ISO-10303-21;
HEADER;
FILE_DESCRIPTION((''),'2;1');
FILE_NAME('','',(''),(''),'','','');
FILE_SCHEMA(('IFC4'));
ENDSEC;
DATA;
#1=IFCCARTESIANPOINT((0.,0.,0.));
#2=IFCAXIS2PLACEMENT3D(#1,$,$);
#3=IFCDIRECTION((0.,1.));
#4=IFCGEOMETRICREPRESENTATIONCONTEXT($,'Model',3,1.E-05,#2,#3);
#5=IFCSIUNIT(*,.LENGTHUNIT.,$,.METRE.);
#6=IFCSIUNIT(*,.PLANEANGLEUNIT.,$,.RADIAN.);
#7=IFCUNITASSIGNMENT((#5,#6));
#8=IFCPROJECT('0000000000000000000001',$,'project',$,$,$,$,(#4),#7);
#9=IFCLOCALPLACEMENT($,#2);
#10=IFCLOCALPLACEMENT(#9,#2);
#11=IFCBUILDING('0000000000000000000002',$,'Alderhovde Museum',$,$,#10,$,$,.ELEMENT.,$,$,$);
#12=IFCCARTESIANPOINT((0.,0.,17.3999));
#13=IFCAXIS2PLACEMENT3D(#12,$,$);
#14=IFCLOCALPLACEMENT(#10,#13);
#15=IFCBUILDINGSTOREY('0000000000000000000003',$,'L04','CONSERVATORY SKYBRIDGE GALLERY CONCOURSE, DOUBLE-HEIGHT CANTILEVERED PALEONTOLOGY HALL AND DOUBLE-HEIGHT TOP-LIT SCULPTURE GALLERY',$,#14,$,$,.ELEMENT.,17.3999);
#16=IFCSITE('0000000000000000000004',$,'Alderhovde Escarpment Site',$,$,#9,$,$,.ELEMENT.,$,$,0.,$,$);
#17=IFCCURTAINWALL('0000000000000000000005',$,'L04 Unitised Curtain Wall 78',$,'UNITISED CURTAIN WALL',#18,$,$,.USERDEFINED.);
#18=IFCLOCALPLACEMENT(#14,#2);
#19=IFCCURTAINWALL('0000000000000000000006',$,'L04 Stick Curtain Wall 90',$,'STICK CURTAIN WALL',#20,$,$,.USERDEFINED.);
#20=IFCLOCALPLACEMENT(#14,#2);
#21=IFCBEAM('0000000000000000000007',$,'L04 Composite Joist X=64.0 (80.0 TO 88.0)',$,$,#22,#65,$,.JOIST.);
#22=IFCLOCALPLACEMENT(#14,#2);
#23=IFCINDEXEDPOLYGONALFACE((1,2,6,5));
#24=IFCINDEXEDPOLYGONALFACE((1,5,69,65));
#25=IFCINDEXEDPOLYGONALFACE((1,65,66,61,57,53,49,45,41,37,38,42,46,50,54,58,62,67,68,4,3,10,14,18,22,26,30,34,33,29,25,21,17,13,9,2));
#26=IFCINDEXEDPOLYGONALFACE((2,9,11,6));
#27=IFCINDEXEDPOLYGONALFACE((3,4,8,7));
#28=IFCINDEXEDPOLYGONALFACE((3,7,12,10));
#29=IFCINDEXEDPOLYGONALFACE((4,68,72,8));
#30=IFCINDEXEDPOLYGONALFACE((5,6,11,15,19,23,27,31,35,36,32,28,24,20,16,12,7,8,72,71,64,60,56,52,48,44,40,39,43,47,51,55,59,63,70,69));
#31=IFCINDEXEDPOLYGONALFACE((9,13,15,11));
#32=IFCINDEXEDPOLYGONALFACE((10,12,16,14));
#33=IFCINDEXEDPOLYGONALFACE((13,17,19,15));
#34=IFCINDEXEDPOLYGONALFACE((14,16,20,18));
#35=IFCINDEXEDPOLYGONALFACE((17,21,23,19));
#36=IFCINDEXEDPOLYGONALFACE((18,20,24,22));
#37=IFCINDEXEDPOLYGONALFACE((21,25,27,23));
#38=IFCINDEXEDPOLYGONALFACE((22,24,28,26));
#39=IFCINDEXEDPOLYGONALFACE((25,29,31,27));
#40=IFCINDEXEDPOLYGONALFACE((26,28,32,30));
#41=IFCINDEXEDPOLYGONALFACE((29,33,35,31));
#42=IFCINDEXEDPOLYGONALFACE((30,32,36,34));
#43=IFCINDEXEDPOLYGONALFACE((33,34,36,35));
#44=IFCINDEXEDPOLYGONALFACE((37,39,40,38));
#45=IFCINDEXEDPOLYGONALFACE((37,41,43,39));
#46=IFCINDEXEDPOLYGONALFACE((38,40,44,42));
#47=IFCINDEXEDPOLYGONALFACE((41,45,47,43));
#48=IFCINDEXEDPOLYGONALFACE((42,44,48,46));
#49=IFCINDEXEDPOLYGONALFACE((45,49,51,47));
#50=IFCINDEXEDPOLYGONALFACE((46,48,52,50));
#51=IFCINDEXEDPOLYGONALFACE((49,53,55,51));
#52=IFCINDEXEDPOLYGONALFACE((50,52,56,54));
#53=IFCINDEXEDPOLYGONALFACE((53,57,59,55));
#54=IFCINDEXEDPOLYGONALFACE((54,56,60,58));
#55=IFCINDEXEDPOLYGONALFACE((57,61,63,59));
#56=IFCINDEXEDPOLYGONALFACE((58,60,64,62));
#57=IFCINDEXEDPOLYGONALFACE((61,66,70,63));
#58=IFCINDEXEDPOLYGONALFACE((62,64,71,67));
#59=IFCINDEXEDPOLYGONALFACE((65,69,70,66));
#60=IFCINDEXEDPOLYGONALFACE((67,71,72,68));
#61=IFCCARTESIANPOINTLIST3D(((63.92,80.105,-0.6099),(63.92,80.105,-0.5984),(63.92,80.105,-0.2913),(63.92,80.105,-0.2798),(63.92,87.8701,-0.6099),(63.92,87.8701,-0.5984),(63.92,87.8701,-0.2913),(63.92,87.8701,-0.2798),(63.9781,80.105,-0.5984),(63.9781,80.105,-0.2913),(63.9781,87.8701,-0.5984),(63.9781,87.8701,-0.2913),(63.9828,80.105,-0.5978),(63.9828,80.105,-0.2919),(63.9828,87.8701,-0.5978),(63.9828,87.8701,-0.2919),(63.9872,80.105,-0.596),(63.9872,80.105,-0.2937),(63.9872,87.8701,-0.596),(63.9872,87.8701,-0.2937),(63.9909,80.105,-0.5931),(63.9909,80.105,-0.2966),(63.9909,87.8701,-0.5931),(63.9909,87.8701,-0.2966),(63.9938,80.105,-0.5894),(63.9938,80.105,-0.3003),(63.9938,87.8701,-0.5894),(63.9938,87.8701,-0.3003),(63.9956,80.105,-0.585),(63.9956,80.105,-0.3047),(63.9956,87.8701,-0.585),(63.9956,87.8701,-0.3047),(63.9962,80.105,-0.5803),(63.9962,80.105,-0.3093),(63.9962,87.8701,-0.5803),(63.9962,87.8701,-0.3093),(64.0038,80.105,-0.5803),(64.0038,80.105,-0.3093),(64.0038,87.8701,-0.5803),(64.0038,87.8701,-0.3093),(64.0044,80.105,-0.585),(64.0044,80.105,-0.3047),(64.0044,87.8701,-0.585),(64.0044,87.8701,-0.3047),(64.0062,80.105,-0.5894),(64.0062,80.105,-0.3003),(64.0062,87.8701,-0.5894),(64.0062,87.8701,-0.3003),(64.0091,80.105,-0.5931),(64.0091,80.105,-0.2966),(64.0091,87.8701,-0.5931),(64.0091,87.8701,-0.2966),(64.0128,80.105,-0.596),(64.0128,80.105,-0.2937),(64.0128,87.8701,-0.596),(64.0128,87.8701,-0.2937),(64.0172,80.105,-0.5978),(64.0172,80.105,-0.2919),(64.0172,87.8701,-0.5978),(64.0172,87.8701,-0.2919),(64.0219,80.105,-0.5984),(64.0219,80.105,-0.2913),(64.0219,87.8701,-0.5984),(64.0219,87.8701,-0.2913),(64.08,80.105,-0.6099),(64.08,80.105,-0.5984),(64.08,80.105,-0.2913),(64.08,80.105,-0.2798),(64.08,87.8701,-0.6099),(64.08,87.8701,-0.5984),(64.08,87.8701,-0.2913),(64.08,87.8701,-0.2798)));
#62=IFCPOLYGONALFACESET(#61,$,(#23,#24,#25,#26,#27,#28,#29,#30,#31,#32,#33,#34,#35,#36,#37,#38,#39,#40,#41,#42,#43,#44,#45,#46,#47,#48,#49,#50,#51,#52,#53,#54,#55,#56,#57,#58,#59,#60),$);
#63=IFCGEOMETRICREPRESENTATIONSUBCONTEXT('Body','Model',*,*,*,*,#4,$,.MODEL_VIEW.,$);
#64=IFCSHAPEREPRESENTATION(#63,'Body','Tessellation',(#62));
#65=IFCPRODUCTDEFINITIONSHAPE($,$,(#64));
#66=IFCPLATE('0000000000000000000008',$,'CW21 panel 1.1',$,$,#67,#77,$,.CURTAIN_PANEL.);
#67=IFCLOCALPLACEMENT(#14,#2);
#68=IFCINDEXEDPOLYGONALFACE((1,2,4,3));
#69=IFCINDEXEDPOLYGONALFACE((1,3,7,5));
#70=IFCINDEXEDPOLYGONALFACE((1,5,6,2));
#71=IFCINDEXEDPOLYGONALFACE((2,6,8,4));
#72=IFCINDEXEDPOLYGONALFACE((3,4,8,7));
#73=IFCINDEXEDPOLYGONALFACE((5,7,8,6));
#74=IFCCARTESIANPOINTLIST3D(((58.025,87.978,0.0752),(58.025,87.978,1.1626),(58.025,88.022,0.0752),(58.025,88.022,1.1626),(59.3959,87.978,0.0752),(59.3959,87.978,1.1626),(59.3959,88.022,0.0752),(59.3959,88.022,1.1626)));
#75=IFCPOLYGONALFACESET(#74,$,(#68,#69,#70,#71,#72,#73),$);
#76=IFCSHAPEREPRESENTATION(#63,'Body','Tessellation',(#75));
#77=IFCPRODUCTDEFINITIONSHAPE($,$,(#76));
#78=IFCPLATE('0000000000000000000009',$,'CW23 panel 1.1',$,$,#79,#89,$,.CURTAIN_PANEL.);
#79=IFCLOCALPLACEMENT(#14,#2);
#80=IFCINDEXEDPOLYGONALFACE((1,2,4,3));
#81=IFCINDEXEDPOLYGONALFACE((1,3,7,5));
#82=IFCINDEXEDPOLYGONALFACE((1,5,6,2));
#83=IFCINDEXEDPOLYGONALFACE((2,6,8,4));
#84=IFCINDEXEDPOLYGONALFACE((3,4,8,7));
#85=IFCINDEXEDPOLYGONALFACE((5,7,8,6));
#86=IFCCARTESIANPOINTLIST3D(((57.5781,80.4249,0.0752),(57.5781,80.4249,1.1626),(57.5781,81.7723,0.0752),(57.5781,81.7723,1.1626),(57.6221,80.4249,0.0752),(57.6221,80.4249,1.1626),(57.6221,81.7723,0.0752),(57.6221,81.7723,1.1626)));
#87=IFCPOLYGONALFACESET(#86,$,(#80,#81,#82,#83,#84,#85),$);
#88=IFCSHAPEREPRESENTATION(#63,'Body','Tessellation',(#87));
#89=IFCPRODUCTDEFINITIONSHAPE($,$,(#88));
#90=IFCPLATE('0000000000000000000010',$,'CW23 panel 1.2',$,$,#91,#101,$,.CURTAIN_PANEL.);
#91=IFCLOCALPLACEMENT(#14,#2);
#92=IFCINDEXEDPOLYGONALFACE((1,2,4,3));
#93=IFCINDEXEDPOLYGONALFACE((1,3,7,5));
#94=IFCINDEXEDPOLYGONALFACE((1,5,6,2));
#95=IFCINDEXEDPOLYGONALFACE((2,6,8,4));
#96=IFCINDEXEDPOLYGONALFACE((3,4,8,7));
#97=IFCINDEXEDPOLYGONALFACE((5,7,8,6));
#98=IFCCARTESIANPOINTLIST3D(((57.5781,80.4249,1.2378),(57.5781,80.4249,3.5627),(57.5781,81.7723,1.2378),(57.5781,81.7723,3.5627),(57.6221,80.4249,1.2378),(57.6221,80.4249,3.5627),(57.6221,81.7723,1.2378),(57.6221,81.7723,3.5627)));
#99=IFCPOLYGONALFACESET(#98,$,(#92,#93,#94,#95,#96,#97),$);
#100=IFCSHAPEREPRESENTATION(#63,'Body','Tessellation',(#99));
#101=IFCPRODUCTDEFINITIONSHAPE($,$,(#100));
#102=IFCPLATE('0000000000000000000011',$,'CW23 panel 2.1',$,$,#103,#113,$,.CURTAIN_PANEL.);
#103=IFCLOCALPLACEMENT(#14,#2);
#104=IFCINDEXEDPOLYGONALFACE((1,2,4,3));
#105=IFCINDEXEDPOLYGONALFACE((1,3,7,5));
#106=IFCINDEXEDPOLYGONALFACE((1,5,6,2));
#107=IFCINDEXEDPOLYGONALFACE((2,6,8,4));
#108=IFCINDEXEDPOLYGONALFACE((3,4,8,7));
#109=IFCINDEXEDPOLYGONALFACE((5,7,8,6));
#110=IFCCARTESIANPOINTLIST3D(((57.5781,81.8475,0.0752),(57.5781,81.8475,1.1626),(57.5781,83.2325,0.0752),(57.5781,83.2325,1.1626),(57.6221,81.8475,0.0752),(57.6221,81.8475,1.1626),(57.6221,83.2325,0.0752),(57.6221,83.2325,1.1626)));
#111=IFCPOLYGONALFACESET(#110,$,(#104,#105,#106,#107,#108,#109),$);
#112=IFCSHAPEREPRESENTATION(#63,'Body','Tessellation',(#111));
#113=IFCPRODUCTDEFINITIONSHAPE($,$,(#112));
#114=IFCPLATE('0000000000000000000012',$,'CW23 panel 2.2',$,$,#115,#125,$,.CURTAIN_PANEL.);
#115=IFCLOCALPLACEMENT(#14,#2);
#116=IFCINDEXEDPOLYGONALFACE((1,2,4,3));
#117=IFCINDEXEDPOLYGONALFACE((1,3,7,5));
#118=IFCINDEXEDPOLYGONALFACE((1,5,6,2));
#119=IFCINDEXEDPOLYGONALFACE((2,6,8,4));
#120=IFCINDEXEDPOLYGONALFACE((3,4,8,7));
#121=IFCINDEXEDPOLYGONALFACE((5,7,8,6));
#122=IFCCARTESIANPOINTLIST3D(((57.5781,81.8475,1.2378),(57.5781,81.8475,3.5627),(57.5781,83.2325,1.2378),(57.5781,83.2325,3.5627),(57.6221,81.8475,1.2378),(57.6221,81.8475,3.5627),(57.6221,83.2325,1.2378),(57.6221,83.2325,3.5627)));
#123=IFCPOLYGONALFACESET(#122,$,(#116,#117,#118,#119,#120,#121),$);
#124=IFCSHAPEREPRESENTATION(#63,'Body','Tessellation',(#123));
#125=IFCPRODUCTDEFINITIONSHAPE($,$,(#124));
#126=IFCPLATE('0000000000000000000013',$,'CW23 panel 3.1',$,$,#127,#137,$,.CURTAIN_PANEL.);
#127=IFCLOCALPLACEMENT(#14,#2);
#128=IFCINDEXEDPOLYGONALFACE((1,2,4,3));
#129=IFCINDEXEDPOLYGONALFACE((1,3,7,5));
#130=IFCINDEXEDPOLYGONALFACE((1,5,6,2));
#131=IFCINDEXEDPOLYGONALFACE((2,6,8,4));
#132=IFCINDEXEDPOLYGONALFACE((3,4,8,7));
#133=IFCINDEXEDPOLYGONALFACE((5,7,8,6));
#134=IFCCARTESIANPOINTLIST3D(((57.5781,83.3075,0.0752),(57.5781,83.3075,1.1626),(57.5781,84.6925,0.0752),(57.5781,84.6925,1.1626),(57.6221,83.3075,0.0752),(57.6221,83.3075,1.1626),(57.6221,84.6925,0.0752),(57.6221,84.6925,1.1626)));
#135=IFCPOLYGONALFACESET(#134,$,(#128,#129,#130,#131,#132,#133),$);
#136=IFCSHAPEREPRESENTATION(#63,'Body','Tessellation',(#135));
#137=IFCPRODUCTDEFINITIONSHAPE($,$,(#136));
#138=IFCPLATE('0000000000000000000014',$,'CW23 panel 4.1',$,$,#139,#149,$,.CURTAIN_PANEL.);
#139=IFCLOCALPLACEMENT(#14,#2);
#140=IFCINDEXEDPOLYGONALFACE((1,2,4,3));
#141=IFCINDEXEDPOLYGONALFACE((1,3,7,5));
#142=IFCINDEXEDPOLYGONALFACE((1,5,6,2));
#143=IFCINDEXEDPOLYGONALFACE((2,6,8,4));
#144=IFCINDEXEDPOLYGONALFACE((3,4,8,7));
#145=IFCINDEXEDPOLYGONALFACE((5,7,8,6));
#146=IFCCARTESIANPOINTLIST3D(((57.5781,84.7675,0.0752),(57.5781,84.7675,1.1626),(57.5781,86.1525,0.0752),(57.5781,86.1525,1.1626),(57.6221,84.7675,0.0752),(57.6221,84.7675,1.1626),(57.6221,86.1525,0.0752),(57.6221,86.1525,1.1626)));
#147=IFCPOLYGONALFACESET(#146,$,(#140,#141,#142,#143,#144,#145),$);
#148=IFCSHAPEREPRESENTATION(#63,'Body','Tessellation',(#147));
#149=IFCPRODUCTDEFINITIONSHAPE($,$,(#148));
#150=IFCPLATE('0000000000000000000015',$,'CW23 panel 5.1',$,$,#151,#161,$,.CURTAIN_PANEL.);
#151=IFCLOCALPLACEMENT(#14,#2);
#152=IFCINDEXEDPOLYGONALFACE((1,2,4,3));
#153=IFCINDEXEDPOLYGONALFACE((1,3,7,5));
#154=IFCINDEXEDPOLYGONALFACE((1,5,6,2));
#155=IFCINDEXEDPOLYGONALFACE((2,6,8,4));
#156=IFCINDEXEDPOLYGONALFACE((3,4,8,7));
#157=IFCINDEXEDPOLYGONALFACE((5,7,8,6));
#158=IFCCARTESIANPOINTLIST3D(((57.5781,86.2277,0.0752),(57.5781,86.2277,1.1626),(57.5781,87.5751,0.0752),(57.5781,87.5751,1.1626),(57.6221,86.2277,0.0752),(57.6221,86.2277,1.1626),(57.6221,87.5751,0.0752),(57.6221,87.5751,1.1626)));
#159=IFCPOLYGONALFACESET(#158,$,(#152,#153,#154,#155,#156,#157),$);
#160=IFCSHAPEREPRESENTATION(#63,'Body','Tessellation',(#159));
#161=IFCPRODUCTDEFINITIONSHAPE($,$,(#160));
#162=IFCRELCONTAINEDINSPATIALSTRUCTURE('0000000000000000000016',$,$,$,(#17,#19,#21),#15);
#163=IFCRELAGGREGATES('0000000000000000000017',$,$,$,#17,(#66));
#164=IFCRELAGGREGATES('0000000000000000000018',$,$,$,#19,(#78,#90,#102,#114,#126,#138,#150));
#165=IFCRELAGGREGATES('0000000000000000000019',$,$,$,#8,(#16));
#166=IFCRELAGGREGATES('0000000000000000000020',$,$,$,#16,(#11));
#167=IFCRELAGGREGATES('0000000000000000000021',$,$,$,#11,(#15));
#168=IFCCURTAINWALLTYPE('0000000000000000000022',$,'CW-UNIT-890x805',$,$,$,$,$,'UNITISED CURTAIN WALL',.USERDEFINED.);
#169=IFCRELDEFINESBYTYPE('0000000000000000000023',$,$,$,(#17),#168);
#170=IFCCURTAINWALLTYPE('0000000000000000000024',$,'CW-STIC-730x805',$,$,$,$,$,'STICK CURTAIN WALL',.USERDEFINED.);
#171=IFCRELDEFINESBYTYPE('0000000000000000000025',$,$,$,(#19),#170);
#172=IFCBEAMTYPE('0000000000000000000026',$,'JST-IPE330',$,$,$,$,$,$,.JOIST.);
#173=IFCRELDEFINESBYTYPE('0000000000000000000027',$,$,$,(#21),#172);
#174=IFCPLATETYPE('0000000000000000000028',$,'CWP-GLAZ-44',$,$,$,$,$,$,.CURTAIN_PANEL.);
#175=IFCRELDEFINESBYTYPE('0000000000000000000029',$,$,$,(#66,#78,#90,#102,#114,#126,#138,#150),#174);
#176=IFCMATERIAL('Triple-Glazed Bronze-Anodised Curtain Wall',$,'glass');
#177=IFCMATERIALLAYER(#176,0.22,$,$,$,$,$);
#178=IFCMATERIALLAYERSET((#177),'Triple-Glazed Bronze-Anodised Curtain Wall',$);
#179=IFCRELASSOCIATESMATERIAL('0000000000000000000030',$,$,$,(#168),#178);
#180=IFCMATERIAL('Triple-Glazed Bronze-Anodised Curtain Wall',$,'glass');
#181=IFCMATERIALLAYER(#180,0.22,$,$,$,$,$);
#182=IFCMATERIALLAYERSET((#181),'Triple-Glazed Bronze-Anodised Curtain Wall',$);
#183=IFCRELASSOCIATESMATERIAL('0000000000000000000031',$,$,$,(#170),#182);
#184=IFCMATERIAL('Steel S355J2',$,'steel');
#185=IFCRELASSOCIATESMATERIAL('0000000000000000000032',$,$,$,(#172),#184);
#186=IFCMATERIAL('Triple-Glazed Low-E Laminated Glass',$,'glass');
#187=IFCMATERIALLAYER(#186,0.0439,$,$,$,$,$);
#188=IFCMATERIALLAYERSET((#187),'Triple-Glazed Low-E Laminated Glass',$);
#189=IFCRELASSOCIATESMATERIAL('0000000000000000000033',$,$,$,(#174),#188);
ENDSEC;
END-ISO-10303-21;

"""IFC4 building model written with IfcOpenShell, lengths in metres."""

from ifc_helpers import new_model, si_unit, direction, frame, origin, origin_2d, place, context, subcontext, project, spatial, rectangle, i_section, extrude, material, layer, layer_set, material_profile, profile_set, type_object, element, aggregate, save


model = new_model("IFC4")

# Units and contexts
model_context = context("Model", 3, precision=1e-05, world=origin(), true_north=direction((0.0, 1.0)))
body_context = subcontext(model_context, "Body", "Model", "MODEL_VIEW")
ifc_project = project(units=[si_unit("LENGTHUNIT", "METRE"), si_unit("PLANEANGLEUNIT", "RADIAN")], contexts=[model_context])

# Site, building, storey
site_placement = place(None, origin())
site = spatial("IfcSite", under=ifc_project, at=site_placement, Name="Alderhovde Escarpment Site", CompositionType="ELEMENT", RefElevation=0.0)
building_placement = place(site_placement, origin())
building = spatial("IfcBuilding", under=site, at=building_placement, Name="Alderhovde Museum", CompositionType="ELEMENT")
storey_placement = place(building_placement, frame((0.0, 0.0, 17.3999)))
storey = spatial("IfcBuildingStorey", under=building, at=storey_placement, Name="L04", Description="CONSERVATORY SKYBRIDGE GALLERY CONCOURSE, DOUBLE-HEIGHT CANTILEVERED PALEONTOLOGY HALL AND DOUBLE-HEIGHT TOP-LIT SCULPTURE GALLERY", CompositionType="ELEMENT", Elevation=17.3999)

# Curtain walls
ifc_material_1 = material(Name="Triple-Glazed Bronze-Anodised Curtain Wall", Category="glass")
ifc_layer_1 = layer(ifc_material_1, 0.22)
ifc_layer_set_1 = layer_set([ifc_layer_1], Name="Triple-Glazed Bronze-Anodised Curtain Wall")
curtain_wall_type_1 = type_object("IfcCurtainWallType", Name="CW-UNIT-890x805", ElementType="UNITISED CURTAIN WALL", PredefinedType="USERDEFINED", material=ifc_layer_set_1)
curtain_wall_1_placement = place(storey_placement, origin())
curtain_wall_1 = element("IfcCurtainWall", 1, at=curtain_wall_1_placement, inside=storey, type_object=curtain_wall_type_1, Name="L04 Unitised Curtain Wall 78", ObjectType="UNITISED CURTAIN WALL", PredefinedType="USERDEFINED")
ifc_material_2 = material(Name="Triple-Glazed Bronze-Anodised Curtain Wall", Category="glass")
ifc_layer_2 = layer(ifc_material_2, 0.22)
ifc_layer_set_2 = layer_set([ifc_layer_2], Name="Triple-Glazed Bronze-Anodised Curtain Wall")
curtain_wall_type_2 = type_object("IfcCurtainWallType", Name="CW-STIC-730x805", ElementType="STICK CURTAIN WALL", PredefinedType="USERDEFINED", material=ifc_layer_set_2)
curtain_wall_2_placement = place(storey_placement, origin())
curtain_wall_2 = element("IfcCurtainWall", 2, at=curtain_wall_2_placement, inside=storey, type_object=curtain_wall_type_2, Name="L04 Stick Curtain Wall 90", ObjectType="STICK CURTAIN WALL", PredefinedType="USERDEFINED")

# Beam
ifc_material_3 = material(Name="Steel S355J2", Category="steel")
ifc_material_profile_1 = material_profile(ifc_material_3, i_section(OverallWidth=0.1599, OverallDepth=0.3301, WebThickness=0.0076, FlangeThickness=0.0115, FilletRadius=0.0181, at=origin_2d()), Name="IPE 330")
ifc_profile_set_1 = profile_set([ifc_material_profile_1], Name="Steel S355J2")
beam_type_1 = type_object("IfcBeamType", Name="JST-IPE330", PredefinedType="JOIST", material=ifc_profile_set_1)
for number, where, z_axis, x_axis, name in (
    (3, (64.0, 80.105, -0.4448), (0.0, 1.0, 0.0), (-1.0, 0.0, 0.0), "L04 Composite Joist X=64.0 (80.0 TO 88.0)"),
):
    element("IfcBeam", number, at=place(storey_placement, frame(where, z_axis=z_axis, x_axis=x_axis)), inside=storey, type_object=beam_type_1, Name=name, PredefinedType="JOIST", context=body_context, shape_type="SweptSolid", body=[
        extrude(i_section(OverallWidth=0.1599, OverallDepth=0.3301, WebThickness=0.0076, FlangeThickness=0.0115, FilletRadius=0.0181, at=origin_2d()), origin(), (0.0, 0.0, 1.0), 7.7651),
    ])

# Plates
ifc_material_4 = material(Name="Triple-Glazed Low-E Laminated Glass", Category="glass")
ifc_layer_3 = layer(ifc_material_4, 0.0439)
ifc_layer_set_3 = layer_set([ifc_layer_3], Name="Triple-Glazed Low-E Laminated Glass")
plate_type = type_object("IfcPlateType", Name="CWP-GLAZ-44", PredefinedType="CURTAIN_PANEL", material=ifc_layer_set_3)
plate_1_placement = place(storey_placement, frame((58.7104, 88.0, 0.0752), z_axis=(0.0, 0.0, 1.0), x_axis=(1.0, 0.0, 0.0)))
plate_1 = element("IfcPlate", 4, at=plate_1_placement, type_object=plate_type, Name="CW21 panel 1.1", PredefinedType="CURTAIN_PANEL", context=body_context, shape_type="SweptSolid", body=[
    extrude(rectangle(XDim=1.3708, YDim=0.0439, at=origin_2d()), origin(), (0.0, 0.0, 1.0), 1.0874),
])
aggregate(curtain_wall_1, [plate_1])
plate_2_placement = place(storey_placement, frame((57.6001, 81.0986, 0.0752), z_axis=(0.0, 0.0, 1.0), x_axis=(0.0, 1.0, 0.0)))
plate_2 = element("IfcPlate", 5, at=plate_2_placement, type_object=plate_type, Name="CW23 panel 1.1", PredefinedType="CURTAIN_PANEL", context=body_context, shape_type="SweptSolid", body=[
    extrude(rectangle(XDim=1.3474, YDim=0.0439, at=origin_2d()), origin(), (0.0, 0.0, 1.0), 1.0874),
])
plate_3_placement = place(storey_placement, frame((57.6001, 81.0986, 1.2378), z_axis=(0.0, 0.0, 1.0), x_axis=(0.0, 1.0, 0.0)))
plate_3 = element("IfcPlate", 6, at=plate_3_placement, type_object=plate_type, Name="CW23 panel 1.2", PredefinedType="CURTAIN_PANEL", context=body_context, shape_type="SweptSolid", body=[
    extrude(rectangle(XDim=1.3474, YDim=0.0439, at=origin_2d()), origin(), (0.0, 0.0, 1.0), 2.325),
])
plate_4_placement = place(storey_placement, frame((57.6001, 82.54, 0.0752), z_axis=(0.0, 0.0, 1.0), x_axis=(0.0, 1.0, 0.0)))
plate_4 = element("IfcPlate", 7, at=plate_4_placement, type_object=plate_type, Name="CW23 panel 2.1", PredefinedType="CURTAIN_PANEL", context=body_context, shape_type="SweptSolid", body=[
    extrude(rectangle(XDim=1.385, YDim=0.0439, at=origin_2d()), origin(), (0.0, 0.0, 1.0), 1.0874),
])
plate_5_placement = place(storey_placement, frame((57.6001, 82.54, 1.2378), z_axis=(0.0, 0.0, 1.0), x_axis=(0.0, 1.0, 0.0)))
plate_5 = element("IfcPlate", 8, at=plate_5_placement, type_object=plate_type, Name="CW23 panel 2.2", PredefinedType="CURTAIN_PANEL", context=body_context, shape_type="SweptSolid", body=[
    extrude(rectangle(XDim=1.385, YDim=0.0439, at=origin_2d()), origin(), (0.0, 0.0, 1.0), 2.325),
])
plate_6_placement = place(storey_placement, frame((57.6001, 84.0, 0.0752), z_axis=(0.0, 0.0, 1.0), x_axis=(0.0, 1.0, 0.0)))
plate_6 = element("IfcPlate", 9, at=plate_6_placement, type_object=plate_type, Name="CW23 panel 3.1", PredefinedType="CURTAIN_PANEL", context=body_context, shape_type="SweptSolid", body=[
    extrude(rectangle(XDim=1.385, YDim=0.0439, at=origin_2d()), origin(), (0.0, 0.0, 1.0), 1.0874),
])
plate_7_placement = place(storey_placement, frame((57.6001, 85.46, 0.0752), z_axis=(0.0, 0.0, 1.0), x_axis=(0.0, 1.0, 0.0)))
plate_7 = element("IfcPlate", 10, at=plate_7_placement, type_object=plate_type, Name="CW23 panel 4.1", PredefinedType="CURTAIN_PANEL", context=body_context, shape_type="SweptSolid", body=[
    extrude(rectangle(XDim=1.385, YDim=0.0439, at=origin_2d()), origin(), (0.0, 0.0, 1.0), 1.0874),
])
plate_8_placement = place(storey_placement, frame((57.6001, 86.9014, 0.0752), z_axis=(0.0, 0.0, 1.0), x_axis=(0.0, 1.0, 0.0)))
plate_8 = element("IfcPlate", 11, at=plate_8_placement, type_object=plate_type, Name="CW23 panel 5.1", PredefinedType="CURTAIN_PANEL", context=body_context, shape_type="SweptSolid", body=[
    extrude(rectangle(XDim=1.3474, YDim=0.0439, at=origin_2d()), origin(), (0.0, 0.0, 1.0), 1.0874),
])
aggregate(curtain_wall_2, [plate_2, plate_3, plate_4, plate_5, plate_6, plate_7, plate_8])

save(model, "model.ifc")
